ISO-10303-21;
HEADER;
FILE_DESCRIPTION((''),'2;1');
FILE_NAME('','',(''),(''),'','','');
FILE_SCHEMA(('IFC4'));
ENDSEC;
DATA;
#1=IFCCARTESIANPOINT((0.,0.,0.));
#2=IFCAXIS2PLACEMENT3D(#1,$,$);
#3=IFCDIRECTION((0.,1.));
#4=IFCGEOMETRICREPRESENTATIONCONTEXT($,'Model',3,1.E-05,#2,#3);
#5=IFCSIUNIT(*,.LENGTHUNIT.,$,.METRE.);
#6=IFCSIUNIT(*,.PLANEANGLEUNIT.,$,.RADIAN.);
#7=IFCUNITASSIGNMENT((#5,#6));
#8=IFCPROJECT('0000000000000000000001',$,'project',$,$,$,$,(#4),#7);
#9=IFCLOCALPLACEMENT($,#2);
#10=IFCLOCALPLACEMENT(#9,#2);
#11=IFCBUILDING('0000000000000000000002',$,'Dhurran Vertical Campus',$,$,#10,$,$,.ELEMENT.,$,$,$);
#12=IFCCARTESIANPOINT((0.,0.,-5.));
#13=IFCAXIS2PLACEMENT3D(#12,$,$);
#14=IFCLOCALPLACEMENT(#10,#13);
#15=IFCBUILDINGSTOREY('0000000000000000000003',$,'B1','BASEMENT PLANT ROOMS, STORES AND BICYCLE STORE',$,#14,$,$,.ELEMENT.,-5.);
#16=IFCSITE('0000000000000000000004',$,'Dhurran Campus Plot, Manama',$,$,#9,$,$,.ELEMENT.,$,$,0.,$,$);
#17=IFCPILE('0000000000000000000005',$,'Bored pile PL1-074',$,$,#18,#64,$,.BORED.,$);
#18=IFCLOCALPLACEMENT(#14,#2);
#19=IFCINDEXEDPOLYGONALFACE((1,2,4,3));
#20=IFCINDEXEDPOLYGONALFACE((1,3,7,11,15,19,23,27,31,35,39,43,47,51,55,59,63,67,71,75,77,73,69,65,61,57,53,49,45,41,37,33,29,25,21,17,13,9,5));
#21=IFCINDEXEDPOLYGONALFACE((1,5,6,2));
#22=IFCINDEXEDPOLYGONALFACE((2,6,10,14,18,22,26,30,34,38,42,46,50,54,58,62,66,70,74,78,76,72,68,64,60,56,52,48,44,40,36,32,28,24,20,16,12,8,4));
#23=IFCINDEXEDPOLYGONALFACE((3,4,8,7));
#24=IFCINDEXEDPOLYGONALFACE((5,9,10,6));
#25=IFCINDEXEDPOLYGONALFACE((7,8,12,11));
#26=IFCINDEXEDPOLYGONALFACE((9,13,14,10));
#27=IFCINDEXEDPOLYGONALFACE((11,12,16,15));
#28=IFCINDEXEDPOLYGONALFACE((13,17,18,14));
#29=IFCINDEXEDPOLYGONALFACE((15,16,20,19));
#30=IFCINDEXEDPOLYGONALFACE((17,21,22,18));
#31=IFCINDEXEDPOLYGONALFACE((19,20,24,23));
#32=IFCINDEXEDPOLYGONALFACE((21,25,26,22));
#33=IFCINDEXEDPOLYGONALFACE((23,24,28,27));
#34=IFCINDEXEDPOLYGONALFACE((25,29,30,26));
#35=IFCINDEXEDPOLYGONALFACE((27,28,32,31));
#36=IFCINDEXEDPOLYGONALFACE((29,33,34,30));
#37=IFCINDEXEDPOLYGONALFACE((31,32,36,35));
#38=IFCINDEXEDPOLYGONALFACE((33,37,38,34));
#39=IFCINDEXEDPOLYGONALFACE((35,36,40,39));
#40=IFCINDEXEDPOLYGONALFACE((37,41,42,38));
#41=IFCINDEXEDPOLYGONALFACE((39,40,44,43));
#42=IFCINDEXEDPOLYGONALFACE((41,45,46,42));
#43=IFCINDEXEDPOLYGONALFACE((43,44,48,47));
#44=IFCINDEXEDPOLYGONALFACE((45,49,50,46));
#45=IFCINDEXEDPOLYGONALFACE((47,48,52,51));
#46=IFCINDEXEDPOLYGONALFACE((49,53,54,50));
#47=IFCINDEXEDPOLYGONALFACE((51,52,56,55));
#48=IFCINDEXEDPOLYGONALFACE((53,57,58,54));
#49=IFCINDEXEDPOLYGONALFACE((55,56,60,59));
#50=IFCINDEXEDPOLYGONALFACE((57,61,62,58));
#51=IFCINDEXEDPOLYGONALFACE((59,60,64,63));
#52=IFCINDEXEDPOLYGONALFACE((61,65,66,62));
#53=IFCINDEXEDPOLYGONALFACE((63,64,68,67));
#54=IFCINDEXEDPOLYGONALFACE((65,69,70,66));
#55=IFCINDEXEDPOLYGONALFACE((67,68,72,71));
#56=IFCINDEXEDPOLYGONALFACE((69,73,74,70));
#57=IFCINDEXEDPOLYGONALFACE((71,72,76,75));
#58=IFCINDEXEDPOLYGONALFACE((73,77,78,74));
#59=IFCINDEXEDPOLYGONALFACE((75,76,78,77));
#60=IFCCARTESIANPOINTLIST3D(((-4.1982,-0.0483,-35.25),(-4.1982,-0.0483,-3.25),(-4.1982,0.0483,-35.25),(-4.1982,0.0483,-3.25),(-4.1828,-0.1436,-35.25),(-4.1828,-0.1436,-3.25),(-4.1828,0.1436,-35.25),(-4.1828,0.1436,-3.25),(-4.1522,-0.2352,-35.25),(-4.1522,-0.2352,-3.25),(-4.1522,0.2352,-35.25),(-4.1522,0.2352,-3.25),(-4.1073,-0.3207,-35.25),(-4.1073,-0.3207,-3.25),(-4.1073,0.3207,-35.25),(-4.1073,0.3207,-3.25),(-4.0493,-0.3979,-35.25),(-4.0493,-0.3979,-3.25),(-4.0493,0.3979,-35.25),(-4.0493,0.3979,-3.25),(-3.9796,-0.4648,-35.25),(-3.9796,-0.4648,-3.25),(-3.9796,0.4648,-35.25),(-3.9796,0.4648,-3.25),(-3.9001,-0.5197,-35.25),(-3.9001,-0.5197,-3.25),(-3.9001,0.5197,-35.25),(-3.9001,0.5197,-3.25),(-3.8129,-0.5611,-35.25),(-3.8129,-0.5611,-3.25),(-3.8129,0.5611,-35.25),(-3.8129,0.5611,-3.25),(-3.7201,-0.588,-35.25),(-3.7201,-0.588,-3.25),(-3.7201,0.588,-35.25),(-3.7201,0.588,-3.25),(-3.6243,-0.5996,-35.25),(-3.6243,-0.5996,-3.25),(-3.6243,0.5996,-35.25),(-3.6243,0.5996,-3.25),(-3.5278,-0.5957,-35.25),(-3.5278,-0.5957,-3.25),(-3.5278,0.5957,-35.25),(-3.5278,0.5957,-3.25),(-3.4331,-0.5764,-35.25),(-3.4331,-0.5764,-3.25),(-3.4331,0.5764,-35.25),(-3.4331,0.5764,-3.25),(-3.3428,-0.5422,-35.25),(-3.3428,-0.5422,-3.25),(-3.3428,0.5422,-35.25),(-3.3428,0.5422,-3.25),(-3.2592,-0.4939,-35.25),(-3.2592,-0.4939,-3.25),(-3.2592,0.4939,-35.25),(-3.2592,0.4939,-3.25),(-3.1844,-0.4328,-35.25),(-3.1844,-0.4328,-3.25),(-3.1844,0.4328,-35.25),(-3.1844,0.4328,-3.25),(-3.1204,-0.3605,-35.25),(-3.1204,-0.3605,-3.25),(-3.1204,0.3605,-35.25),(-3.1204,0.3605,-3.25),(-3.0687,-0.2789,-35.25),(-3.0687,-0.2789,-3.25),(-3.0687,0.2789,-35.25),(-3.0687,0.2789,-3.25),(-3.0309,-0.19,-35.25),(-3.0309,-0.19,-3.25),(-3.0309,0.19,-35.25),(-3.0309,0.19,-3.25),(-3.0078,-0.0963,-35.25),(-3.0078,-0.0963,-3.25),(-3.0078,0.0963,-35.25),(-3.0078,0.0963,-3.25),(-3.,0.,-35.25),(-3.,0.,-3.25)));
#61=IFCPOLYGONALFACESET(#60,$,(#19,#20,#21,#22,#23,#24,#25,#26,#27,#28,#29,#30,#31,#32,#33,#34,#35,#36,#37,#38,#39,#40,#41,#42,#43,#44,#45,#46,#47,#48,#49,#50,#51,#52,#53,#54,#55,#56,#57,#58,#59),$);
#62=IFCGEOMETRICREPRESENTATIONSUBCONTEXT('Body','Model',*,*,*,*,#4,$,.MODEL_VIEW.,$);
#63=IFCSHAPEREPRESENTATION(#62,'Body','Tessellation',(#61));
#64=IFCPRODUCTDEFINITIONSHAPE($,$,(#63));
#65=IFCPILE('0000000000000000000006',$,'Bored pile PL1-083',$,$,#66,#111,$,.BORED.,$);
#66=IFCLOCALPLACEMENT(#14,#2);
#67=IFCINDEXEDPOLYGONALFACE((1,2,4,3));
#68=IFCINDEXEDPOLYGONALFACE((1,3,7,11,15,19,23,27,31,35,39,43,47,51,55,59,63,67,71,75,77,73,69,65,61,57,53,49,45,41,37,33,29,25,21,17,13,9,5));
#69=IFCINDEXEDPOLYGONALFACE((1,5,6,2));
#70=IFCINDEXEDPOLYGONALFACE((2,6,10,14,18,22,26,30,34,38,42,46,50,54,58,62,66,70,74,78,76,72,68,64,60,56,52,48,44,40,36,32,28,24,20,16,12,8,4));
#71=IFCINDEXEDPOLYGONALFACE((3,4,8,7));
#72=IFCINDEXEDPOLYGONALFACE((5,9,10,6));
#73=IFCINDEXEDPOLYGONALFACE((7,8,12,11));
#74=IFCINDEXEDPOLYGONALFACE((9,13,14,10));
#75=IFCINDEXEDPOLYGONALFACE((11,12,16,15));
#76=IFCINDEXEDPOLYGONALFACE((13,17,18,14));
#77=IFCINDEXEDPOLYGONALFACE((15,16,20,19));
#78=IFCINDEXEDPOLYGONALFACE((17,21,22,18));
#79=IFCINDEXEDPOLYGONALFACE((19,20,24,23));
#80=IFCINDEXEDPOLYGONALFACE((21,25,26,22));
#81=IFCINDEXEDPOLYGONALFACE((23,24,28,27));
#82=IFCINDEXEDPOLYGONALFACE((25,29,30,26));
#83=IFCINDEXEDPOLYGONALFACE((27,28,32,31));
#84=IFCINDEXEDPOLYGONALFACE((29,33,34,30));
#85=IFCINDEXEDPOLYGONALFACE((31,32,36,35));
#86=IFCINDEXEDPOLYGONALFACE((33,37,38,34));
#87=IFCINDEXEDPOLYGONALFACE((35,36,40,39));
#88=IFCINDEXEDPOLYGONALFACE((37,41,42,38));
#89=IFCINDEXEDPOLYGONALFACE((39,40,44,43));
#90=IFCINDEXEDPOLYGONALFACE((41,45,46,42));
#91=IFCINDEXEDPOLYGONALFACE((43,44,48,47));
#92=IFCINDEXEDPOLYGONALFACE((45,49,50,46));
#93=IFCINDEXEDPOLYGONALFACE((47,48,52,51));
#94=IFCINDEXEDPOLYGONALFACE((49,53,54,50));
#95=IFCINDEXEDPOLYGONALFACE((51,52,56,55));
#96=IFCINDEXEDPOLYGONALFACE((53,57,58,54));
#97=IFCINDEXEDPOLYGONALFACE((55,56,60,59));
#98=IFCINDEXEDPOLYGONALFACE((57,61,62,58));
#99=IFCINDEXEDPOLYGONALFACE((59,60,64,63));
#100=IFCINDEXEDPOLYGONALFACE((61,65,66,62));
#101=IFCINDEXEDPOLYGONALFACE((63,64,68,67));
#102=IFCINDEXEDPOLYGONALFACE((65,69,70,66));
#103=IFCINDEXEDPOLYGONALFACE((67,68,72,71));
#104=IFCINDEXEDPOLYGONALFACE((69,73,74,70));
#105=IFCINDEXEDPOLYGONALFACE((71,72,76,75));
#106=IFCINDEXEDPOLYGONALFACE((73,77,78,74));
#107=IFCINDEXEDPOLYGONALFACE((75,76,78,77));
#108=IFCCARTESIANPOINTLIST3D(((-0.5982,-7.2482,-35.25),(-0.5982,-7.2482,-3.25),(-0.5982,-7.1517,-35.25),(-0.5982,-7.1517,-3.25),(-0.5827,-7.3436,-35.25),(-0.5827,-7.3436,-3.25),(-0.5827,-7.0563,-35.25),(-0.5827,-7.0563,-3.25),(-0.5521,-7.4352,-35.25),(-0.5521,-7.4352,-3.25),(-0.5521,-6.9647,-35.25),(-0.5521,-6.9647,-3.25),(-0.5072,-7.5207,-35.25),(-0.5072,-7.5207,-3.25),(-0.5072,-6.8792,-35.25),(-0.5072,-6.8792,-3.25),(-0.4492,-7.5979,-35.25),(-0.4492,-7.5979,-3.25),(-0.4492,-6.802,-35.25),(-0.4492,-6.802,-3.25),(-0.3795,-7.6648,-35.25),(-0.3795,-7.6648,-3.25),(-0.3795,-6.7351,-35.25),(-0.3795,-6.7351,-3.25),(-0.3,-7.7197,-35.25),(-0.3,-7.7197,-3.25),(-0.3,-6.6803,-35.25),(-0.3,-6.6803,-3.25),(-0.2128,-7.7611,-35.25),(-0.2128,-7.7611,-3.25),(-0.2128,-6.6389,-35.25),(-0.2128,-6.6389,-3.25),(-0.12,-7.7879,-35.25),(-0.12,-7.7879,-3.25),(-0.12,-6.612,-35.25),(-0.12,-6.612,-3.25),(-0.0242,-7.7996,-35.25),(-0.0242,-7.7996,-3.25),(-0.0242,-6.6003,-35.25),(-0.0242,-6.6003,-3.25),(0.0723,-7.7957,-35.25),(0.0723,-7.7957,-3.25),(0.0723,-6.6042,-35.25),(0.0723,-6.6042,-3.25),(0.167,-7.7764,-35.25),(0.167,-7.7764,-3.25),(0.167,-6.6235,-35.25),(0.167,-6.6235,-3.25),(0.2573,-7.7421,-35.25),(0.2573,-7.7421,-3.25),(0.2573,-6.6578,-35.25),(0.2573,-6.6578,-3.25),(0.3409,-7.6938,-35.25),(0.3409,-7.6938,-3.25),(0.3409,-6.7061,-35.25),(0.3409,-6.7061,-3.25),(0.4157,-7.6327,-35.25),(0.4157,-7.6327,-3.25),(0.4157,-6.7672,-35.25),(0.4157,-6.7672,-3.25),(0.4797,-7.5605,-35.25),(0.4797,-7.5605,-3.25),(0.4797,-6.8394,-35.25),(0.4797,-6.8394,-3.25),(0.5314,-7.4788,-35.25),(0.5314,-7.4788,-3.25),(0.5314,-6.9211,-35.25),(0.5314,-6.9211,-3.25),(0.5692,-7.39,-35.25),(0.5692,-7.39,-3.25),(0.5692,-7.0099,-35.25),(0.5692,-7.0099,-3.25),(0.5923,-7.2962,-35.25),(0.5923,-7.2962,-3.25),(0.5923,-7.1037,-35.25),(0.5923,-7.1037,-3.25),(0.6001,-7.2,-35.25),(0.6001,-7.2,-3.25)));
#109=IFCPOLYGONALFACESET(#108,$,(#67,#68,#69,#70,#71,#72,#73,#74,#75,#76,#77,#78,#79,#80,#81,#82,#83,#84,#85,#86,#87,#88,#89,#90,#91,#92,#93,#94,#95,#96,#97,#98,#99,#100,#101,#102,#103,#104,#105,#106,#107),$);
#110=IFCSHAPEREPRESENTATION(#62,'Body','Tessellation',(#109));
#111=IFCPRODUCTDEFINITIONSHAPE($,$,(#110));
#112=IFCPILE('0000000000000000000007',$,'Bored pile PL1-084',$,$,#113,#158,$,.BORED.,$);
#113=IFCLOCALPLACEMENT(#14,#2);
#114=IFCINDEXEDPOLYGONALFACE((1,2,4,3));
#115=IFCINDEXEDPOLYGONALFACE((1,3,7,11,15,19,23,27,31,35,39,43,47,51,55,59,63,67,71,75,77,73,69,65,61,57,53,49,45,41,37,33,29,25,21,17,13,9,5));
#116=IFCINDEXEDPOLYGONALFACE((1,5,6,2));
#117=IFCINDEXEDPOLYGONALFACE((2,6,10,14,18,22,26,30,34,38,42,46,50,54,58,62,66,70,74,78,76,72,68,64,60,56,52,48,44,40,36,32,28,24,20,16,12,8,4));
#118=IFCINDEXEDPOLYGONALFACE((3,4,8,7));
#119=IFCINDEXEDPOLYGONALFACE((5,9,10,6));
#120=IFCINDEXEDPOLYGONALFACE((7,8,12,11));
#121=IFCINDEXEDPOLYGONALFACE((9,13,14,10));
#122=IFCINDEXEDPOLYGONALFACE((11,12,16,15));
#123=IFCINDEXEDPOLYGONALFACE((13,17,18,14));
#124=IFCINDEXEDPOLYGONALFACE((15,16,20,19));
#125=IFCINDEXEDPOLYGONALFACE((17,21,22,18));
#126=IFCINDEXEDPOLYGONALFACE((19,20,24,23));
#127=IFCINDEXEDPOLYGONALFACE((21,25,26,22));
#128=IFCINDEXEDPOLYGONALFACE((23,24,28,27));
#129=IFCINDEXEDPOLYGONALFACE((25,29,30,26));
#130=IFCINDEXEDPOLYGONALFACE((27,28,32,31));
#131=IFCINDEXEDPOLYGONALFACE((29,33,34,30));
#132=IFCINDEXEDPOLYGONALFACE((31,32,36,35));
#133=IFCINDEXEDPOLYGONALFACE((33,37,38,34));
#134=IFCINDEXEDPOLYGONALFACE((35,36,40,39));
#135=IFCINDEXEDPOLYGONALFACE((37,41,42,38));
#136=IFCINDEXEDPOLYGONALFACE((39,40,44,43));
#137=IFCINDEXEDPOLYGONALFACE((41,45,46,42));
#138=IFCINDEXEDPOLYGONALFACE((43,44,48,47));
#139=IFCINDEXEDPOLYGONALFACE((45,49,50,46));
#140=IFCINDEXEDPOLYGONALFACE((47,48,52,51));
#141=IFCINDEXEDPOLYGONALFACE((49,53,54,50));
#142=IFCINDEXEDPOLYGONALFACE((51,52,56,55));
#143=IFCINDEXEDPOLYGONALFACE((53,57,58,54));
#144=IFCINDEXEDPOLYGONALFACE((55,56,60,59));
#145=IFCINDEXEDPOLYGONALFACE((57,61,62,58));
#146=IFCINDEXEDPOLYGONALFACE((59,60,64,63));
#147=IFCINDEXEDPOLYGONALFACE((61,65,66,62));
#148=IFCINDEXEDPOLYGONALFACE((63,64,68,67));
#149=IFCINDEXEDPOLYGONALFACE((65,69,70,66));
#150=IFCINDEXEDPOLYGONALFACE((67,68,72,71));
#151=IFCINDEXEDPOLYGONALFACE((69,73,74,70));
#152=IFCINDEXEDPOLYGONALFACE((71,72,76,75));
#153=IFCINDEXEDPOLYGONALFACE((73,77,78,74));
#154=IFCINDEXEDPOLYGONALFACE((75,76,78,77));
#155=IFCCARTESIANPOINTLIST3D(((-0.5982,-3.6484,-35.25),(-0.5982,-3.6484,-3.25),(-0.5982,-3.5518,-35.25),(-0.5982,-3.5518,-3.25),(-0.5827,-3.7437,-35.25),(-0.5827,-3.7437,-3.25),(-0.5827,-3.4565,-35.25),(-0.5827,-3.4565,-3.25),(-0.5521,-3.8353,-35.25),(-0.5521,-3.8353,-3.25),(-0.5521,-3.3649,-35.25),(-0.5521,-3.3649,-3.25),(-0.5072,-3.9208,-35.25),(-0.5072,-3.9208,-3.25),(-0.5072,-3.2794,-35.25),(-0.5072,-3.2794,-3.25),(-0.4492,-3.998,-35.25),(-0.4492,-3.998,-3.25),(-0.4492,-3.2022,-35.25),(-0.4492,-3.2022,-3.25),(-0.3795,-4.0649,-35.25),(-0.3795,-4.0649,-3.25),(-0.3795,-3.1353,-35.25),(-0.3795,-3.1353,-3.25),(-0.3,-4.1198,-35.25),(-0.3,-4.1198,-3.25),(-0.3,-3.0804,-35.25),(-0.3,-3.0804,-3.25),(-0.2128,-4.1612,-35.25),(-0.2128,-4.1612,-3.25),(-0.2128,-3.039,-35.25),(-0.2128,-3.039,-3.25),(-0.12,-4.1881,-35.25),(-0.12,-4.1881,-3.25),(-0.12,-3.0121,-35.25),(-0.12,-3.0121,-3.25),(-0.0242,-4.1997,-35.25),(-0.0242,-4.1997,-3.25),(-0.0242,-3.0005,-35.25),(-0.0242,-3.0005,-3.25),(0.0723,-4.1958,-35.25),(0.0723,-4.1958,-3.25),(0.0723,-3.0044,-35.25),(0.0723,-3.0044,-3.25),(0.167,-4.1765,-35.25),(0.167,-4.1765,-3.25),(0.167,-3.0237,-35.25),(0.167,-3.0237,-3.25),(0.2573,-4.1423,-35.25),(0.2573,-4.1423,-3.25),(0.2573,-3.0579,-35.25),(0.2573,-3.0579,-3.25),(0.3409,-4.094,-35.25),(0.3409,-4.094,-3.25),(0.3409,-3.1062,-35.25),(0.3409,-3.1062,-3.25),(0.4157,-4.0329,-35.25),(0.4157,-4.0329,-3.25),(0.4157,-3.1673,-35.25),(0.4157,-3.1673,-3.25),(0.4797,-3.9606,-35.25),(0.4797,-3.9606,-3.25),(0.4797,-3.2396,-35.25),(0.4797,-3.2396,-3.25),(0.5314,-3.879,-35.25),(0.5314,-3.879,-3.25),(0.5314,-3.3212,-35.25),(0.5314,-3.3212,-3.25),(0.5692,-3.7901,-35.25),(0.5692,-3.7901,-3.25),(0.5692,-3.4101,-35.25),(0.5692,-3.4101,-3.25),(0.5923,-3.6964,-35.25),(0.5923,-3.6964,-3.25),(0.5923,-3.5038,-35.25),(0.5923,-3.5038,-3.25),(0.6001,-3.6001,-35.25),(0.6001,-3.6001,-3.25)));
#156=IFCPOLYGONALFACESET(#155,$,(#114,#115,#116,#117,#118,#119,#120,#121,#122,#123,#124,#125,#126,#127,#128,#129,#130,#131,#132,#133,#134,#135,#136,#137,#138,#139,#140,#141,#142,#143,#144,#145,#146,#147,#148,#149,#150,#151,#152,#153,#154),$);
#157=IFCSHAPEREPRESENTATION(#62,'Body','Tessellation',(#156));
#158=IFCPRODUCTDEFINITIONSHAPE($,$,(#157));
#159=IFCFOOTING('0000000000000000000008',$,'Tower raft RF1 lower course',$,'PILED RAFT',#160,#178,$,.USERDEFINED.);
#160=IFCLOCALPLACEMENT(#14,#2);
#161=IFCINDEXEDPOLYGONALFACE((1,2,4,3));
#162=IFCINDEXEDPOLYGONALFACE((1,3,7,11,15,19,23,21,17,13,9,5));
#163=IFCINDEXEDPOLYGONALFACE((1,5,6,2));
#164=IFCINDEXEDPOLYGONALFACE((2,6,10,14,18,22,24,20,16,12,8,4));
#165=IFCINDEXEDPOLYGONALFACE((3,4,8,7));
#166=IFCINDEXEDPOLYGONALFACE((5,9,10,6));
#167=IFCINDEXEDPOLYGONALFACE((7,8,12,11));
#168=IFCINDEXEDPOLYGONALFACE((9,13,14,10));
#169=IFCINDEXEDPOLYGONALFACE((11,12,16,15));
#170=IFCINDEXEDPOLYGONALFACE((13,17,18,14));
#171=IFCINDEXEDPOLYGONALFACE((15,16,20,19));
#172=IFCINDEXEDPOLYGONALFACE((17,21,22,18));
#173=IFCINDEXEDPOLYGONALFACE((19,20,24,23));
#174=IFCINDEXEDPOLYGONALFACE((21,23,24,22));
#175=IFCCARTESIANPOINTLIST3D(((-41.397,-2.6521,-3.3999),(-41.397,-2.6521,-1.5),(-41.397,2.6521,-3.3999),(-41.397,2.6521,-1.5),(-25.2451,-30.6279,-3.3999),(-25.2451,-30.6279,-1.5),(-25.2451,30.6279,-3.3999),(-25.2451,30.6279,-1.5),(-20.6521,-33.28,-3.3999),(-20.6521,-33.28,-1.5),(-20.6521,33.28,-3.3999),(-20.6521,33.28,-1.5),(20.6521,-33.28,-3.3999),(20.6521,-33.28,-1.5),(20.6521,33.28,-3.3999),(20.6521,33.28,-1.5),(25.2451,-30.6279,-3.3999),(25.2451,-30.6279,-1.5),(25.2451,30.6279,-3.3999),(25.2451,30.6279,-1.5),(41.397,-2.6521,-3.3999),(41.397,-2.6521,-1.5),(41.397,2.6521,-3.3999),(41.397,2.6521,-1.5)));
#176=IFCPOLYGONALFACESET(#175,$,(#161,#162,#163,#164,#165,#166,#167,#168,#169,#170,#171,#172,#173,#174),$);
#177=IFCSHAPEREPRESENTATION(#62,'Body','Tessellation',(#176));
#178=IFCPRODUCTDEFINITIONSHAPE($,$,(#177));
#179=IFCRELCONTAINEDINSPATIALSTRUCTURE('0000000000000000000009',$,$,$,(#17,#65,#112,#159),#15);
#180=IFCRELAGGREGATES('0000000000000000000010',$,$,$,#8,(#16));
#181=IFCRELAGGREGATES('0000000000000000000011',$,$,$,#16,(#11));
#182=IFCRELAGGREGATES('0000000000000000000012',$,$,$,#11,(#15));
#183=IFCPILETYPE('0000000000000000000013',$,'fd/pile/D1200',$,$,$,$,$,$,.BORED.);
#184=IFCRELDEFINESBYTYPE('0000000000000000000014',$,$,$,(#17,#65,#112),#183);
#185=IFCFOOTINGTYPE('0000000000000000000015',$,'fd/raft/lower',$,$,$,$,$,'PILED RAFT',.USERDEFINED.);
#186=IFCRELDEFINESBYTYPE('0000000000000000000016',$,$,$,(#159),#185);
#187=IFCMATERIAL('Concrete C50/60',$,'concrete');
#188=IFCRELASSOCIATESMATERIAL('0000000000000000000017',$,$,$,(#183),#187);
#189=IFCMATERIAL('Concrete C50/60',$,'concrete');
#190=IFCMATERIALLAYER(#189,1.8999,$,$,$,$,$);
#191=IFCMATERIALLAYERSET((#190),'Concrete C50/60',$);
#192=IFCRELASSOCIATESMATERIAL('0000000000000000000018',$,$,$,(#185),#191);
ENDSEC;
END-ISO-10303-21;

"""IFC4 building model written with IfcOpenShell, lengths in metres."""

from ifc_helpers import new_model, si_unit, direction, frame, origin, origin_2d, place, context, subcontext, project, spatial, polyline, circle, outline, extrude, material, layer, layer_set, material_profile, profile_set, type_object, element, save


model = new_model("IFC4")

# Units and contexts
model_context = context("Model", 3, precision=1e-05, world=origin(), true_north=direction((0.0, 1.0)))
body_context = subcontext(model_context, "Body", "Model", "MODEL_VIEW")
ifc_project = project(units=[si_unit("LENGTHUNIT", "METRE"), si_unit("PLANEANGLEUNIT", "RADIAN")], contexts=[model_context])

# Site, building, storey
site_placement = place(None, origin())
site = spatial("IfcSite", under=ifc_project, at=site_placement, Name="Dhurran Campus Plot, Manama", CompositionType="ELEMENT", RefElevation=0.0)
building_placement = place(site_placement, origin())
building = spatial("IfcBuilding", under=site, at=building_placement, Name="Dhurran Vertical Campus", CompositionType="ELEMENT")
storey_placement = place(building_placement, frame((0.0, 0.0, -5.0)))
storey = spatial("IfcBuildingStorey", under=building, at=storey_placement, Name="B1", Description="BASEMENT PLANT ROOMS, STORES AND BICYCLE STORE", CompositionType="ELEMENT", Elevation=-5.0)

# Piles
ifc_material_1 = material(Name="Concrete C50/60", Category="concrete")
ifc_material_profile = material_profile(ifc_material_1, circle(Radius=0.6001, at=origin_2d()), Name="fd/pile/D1200")
ifc_profile_set = profile_set([ifc_material_profile], Name="Concrete C50/60")
pile_type = type_object("IfcPileType", Name="fd/pile/D1200", PredefinedType="BORED", material=ifc_profile_set)
for number, where, z_axis, x_axis, name in (
    (1, (-3.6001, 0.0, -3.25), (0.0, 0.0, -1.0), (1.0, 0.0, 0.0), "Bored pile PL1-074"),
    (2, (0.0, -7.2, -3.25), (0.0, 0.0, -1.0), (1.0, 0.0, 0.0), "Bored pile PL1-083"),
    (3, (0.0, -3.6001, -3.25), (0.0, 0.0, -1.0), (1.0, 0.0, 0.0), "Bored pile PL1-084"),
):
    element("IfcPile", number, at=place(storey_placement, frame(where, z_axis=z_axis, x_axis=x_axis)), inside=storey, type_object=pile_type, Name=name, PredefinedType="BORED", context=body_context, shape_type="SweptSolid", body=[
        extrude(circle(Radius=0.6001, at=origin_2d()), origin(), (0.0, 0.0, 1.0), 32.0),
    ])

# Footing
ifc_material_2 = material(Name="Concrete C50/60", Category="concrete")
ifc_layer_1 = layer(ifc_material_2, 1.8999)
ifc_layer_set_1 = layer_set([ifc_layer_1], Name="Concrete C50/60")
footing_type_1 = type_object("IfcFootingType", Name="fd/raft/lower", ElementType="PILED RAFT", PredefinedType="USERDEFINED", material=ifc_layer_set_1)
footing_1_placement = place(storey_placement, frame((0.0, 0.0, -3.3999)))
element("IfcFooting", 4, at=footing_1_placement, inside=storey, type_object=footing_type_1, Name="Tower raft RF1 lower course", ObjectType="PILED RAFT", PredefinedType="USERDEFINED", context=body_context, shape_type="SweptSolid", body=[
    extrude(outline(polyline([(-20.6521, -33.28), (20.6521, -33.28), (25.2451, -30.6279), (41.397, -2.6521), (41.397, 2.6521), (25.2451, 30.6279), (20.6521, 33.28), (-20.6521, 33.28), (-25.2451, 30.6279), (-41.397, 2.6521), (-41.397, -2.6521), (-25.2451, -30.6279), (-20.6521, -33.28)])), origin(), (0.0, 0.0, 1.0), 1.8999),
])

save(model, "model.ifc")
